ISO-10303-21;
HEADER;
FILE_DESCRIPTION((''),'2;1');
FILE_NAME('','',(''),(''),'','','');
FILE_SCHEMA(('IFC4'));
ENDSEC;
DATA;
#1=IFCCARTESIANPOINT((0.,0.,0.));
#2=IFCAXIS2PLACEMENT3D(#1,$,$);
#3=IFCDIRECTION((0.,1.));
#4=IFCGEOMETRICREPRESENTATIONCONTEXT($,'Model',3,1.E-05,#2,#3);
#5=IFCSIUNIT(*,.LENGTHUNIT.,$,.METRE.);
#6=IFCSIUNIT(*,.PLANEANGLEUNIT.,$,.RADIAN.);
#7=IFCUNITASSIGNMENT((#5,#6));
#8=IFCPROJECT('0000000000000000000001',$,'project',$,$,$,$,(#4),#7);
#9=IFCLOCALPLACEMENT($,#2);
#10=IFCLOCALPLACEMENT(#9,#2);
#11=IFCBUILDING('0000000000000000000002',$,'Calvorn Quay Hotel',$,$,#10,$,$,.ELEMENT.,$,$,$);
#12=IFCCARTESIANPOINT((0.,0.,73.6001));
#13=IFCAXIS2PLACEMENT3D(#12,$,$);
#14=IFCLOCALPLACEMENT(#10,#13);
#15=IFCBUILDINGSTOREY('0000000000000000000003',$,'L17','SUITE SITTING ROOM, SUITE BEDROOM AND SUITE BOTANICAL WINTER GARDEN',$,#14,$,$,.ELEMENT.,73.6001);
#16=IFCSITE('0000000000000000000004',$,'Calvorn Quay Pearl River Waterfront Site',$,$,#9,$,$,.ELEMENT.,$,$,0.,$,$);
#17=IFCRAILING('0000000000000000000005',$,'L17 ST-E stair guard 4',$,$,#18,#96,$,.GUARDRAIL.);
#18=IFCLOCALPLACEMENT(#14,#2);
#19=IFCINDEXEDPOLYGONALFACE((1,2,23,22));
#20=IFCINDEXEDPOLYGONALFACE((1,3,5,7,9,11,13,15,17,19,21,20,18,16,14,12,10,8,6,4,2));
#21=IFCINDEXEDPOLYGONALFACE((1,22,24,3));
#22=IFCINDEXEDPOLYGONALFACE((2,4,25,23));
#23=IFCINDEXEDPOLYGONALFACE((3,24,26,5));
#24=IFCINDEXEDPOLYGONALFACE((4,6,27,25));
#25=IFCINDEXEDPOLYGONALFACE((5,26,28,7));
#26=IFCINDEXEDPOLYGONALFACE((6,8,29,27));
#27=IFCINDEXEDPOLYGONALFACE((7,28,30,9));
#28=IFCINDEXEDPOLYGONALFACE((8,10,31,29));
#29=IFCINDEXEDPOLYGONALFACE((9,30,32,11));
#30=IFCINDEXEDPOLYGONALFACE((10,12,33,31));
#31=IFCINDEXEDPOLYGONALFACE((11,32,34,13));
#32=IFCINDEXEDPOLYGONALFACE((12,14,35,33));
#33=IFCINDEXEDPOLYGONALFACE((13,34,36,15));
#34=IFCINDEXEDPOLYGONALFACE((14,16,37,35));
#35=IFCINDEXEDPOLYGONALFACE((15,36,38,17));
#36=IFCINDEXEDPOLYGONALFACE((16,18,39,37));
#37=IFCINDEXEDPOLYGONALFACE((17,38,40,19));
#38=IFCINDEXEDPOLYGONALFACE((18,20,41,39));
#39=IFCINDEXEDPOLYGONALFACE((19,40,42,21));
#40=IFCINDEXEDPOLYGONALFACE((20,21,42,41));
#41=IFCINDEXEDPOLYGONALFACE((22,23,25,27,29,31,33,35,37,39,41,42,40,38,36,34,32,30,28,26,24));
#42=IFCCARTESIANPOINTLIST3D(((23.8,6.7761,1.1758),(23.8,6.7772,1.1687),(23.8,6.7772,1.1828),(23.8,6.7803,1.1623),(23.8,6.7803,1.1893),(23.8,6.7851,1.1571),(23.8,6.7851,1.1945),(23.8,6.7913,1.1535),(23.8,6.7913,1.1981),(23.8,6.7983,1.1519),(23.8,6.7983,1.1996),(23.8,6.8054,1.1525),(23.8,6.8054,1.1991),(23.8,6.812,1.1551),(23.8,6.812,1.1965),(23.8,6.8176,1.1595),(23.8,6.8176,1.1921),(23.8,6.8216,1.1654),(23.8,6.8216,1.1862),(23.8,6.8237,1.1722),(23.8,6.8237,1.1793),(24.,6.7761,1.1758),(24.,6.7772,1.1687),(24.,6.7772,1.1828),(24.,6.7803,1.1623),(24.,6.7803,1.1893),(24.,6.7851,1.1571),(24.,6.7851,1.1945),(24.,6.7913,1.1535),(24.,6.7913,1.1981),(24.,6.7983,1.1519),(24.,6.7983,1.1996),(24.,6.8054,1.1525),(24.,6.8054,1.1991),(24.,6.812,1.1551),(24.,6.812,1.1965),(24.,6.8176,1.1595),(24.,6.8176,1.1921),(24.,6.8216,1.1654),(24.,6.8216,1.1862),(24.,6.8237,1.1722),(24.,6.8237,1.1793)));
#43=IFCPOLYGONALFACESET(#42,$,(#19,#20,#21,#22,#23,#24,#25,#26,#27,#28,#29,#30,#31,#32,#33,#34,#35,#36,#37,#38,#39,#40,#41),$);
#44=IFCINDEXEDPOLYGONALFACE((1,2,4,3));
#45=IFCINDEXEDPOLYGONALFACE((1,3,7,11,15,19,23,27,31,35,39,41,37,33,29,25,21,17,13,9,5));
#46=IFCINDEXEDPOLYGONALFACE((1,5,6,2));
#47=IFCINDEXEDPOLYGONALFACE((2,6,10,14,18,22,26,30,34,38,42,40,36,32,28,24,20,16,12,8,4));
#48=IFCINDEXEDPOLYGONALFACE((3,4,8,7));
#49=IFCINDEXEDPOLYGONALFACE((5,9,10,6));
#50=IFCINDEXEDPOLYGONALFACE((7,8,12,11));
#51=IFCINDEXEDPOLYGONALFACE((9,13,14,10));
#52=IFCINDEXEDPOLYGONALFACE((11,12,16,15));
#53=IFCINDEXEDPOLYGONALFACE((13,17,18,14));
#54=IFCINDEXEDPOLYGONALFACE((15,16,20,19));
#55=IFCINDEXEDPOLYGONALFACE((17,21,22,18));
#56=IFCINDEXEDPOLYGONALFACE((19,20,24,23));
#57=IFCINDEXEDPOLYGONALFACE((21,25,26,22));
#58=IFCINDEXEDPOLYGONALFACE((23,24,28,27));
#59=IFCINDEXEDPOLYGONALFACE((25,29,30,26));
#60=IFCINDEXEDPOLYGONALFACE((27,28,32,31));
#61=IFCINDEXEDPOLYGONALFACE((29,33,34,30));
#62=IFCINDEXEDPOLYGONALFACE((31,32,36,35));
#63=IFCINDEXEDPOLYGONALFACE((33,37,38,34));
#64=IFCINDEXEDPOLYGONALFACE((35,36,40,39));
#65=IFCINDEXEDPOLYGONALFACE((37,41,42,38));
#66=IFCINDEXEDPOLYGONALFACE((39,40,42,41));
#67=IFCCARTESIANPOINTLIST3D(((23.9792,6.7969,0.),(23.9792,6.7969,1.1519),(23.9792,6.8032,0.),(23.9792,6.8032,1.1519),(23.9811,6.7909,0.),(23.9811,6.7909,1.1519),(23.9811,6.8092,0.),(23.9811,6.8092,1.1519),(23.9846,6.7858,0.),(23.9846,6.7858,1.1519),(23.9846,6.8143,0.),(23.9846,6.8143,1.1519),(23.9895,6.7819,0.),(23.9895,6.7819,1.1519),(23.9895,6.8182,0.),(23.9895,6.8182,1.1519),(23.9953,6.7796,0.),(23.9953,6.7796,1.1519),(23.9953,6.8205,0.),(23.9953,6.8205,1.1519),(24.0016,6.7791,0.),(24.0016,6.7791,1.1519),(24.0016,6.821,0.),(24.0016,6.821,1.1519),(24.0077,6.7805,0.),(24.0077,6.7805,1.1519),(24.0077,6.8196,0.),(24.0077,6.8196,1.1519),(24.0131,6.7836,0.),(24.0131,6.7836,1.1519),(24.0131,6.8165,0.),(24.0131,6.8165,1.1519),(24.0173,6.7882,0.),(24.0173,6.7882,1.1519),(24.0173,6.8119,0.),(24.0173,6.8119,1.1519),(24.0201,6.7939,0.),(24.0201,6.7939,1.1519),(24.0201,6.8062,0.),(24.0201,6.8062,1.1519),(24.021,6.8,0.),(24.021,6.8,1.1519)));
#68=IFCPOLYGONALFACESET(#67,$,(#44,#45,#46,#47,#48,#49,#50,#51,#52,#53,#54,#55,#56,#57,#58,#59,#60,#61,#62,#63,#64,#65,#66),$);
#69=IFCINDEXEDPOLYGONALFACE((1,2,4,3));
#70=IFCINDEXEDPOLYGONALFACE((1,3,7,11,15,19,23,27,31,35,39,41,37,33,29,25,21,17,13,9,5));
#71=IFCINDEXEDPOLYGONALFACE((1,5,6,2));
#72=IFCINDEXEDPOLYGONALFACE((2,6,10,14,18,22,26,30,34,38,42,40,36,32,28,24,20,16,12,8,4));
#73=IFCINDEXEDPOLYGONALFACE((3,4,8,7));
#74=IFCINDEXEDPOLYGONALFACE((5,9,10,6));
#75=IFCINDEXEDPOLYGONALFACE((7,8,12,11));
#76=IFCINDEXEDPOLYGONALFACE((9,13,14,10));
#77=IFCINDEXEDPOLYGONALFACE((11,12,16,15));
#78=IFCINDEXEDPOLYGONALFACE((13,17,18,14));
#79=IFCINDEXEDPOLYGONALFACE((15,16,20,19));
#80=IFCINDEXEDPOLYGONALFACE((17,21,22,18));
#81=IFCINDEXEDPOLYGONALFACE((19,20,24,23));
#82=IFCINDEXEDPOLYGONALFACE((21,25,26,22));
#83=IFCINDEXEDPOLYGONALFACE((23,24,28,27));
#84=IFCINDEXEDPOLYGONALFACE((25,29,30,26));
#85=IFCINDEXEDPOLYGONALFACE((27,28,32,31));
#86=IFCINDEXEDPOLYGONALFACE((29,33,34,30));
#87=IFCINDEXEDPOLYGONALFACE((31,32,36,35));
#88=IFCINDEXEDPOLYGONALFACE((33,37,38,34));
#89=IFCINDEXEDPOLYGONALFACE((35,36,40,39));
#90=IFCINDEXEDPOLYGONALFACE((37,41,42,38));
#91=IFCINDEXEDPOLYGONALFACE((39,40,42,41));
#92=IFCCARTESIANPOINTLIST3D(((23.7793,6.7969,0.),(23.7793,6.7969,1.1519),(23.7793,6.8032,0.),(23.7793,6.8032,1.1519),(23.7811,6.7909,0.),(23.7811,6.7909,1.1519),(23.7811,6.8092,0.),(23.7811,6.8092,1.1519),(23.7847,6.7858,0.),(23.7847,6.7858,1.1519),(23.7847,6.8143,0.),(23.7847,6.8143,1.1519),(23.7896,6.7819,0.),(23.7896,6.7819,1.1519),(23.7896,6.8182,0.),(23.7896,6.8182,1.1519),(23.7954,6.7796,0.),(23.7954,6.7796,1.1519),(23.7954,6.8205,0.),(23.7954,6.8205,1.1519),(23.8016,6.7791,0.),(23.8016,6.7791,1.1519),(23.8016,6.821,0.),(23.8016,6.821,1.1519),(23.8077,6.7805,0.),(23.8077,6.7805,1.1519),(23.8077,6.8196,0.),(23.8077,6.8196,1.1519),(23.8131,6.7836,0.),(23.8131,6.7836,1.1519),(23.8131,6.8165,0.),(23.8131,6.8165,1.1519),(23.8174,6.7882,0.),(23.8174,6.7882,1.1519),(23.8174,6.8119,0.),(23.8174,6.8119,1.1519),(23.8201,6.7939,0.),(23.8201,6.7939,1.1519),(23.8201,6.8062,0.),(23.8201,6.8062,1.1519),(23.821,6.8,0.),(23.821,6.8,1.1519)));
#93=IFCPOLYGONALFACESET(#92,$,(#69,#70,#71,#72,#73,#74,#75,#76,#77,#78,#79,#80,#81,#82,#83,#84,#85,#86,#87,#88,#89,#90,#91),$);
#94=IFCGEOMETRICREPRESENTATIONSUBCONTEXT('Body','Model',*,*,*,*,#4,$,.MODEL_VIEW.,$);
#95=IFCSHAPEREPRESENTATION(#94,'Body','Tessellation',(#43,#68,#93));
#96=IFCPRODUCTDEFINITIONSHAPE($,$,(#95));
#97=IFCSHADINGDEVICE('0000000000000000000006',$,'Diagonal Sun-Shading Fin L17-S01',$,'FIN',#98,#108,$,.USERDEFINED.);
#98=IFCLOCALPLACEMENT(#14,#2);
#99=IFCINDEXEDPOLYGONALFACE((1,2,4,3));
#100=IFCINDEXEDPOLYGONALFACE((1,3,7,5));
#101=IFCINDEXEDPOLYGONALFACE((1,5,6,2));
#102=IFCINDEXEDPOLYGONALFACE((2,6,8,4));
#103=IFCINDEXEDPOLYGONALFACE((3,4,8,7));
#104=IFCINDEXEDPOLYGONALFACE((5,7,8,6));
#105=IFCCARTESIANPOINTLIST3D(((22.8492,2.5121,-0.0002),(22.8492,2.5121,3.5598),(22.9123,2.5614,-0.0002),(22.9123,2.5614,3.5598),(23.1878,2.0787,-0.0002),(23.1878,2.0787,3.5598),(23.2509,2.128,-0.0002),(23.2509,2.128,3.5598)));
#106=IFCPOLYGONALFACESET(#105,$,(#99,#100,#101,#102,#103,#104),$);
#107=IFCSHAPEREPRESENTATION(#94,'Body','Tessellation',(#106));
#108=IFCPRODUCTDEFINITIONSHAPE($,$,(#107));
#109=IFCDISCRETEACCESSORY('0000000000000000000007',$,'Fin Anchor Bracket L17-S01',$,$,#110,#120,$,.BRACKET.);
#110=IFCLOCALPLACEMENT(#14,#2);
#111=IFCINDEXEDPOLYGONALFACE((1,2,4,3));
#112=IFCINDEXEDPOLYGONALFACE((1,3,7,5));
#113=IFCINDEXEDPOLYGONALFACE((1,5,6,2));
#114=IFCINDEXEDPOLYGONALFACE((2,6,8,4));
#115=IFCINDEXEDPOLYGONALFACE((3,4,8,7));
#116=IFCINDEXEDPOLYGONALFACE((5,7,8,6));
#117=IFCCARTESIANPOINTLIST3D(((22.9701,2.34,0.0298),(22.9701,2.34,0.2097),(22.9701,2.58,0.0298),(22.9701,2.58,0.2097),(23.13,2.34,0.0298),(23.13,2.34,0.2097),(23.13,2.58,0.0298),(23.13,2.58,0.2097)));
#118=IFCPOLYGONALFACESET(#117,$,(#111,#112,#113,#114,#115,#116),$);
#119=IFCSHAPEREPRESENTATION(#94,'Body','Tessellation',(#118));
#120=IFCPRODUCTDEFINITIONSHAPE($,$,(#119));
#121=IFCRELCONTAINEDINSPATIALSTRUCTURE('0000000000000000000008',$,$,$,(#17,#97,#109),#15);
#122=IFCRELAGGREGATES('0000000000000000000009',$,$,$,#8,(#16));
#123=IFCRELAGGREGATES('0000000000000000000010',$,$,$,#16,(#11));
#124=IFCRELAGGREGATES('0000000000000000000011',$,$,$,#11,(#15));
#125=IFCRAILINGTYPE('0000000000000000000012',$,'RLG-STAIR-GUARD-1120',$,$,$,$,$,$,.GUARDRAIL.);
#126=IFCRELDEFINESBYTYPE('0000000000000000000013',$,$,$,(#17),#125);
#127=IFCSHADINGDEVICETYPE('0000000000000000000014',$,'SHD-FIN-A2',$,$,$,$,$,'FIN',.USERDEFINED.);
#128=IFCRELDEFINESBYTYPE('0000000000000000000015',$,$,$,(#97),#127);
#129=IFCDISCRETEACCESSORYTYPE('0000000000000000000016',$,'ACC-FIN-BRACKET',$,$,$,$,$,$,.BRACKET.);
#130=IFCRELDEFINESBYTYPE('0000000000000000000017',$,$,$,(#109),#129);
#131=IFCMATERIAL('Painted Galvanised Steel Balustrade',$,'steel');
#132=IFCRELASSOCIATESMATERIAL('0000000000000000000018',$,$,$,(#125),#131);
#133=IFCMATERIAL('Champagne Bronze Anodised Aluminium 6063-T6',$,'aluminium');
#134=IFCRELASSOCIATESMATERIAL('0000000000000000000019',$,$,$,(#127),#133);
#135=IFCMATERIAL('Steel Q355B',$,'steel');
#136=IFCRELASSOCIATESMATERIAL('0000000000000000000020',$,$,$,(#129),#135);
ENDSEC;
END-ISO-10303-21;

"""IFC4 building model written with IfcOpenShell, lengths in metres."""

from ifc_helpers import new_model, si_unit, direction, frame, origin, origin_2d, place, context, subcontext, project, spatial, rectangle, circle, extrude, material, type_object, element, save


model = new_model("IFC4")

# Units and contexts
model_context = context("Model", 3, precision=1e-05, world=origin(), true_north=direction((0.0, 1.0)))
body_context = subcontext(model_context, "Body", "Model", "MODEL_VIEW")
ifc_project = project(units=[si_unit("LENGTHUNIT", "METRE"), si_unit("PLANEANGLEUNIT", "RADIAN")], contexts=[model_context])

# Site, building, storey
site_placement = place(None, origin())
site = spatial("IfcSite", under=ifc_project, at=site_placement, Name="Calvorn Quay Pearl River Waterfront Site", CompositionType="ELEMENT", RefElevation=0.0)
building_placement = place(site_placement, origin())
building = spatial("IfcBuilding", under=site, at=building_placement, Name="Calvorn Quay Hotel", CompositionType="ELEMENT")
storey_placement = place(building_placement, frame((0.0, 0.0, 73.6001)))
storey = spatial("IfcBuildingStorey", under=building, at=storey_placement, Name="L17", Description="SUITE SITTING ROOM, SUITE BEDROOM AND SUITE BOTANICAL WINTER GARDEN", CompositionType="ELEMENT", Elevation=73.6001)

# Railing
ifc_material_1 = material(Name="Painted Galvanised Steel Balustrade", Category="steel")
railing_type_1 = type_object("IfcRailingType", Name="RLG-STAIR-GUARD-1120", PredefinedType="GUARDRAIL", material=ifc_material_1)
railing_1_placement = place(storey_placement, frame((24.0, 6.8, 0.0)))
element("IfcRailing", 1, at=railing_1_placement, inside=storey, type_object=railing_type_1, Name="L17 ST-E stair guard 4", PredefinedType="GUARDRAIL", context=body_context, shape_type="SweptSolid", body=[
    extrude(circle(Radius=0.0239, at=origin_2d()), frame((0.0, 0.0, 1.1758), z_axis=(-1.0, 0.0, 0.0), x_axis=(0.0, -1.0, 0.0)), (0.0, 0.0, 1.0), 0.2),
    extrude(circle(Radius=0.021, at=origin_2d()), origin(), (0.0, 0.0, 1.0), 1.1519),
    extrude(circle(Radius=0.021, at=origin_2d()), frame((-0.2, 0.0, 0.0)), (0.0, 0.0, 1.0), 1.1519),
])

# Shading device
ifc_material_2 = material(Name="Champagne Bronze Anodised Aluminium 6063-T6", Category="aluminium")
shading_device_type = type_object("IfcShadingDeviceType", Name="SHD-FIN-A2", ElementType="FIN", PredefinedType="USERDEFINED", material=ifc_material_2)
shading_device_placement = place(storey_placement, frame((23.05, 2.3201, -0.0002), z_axis=(0.0, 0.0, 1.0), x_axis=(-0.615661, 0.788011, 0.0)))
element("IfcShadingDevice", 2, at=shading_device_placement, inside=storey, type_object=shading_device_type, Name="Diagonal Sun-Shading Fin L17-S01", ObjectType="FIN", PredefinedType="USERDEFINED", context=body_context, shape_type="SweptSolid", body=[
    extrude(rectangle(XDim=0.55, YDim=0.0801, at=origin_2d()), origin(), (0.0, 0.0, 1.0), 3.5601),
])

# Discrete accessory
ifc_material_3 = material(Name="Steel Q355B", Category="steel")
discrete_accessory_type = type_object("IfcDiscreteAccessoryType", Name="ACC-FIN-BRACKET", PredefinedType="BRACKET", material=ifc_material_3)
discrete_accessory_placement = place(storey_placement, frame((23.05, 2.46, 0.0298), z_axis=(0.0, 0.0, 1.0), x_axis=(0.0, 1.0, 0.0)))
element("IfcDiscreteAccessory", 3, at=discrete_accessory_placement, inside=storey, type_object=discrete_accessory_type, Name="Fin Anchor Bracket L17-S01", PredefinedType="BRACKET", context=body_context, shape_type="SweptSolid", body=[
    extrude(rectangle(XDim=0.24, YDim=0.1599, at=origin_2d()), origin(), (0.0, 0.0, 1.0), 0.1799),
])

save(model, "model.ifc")
